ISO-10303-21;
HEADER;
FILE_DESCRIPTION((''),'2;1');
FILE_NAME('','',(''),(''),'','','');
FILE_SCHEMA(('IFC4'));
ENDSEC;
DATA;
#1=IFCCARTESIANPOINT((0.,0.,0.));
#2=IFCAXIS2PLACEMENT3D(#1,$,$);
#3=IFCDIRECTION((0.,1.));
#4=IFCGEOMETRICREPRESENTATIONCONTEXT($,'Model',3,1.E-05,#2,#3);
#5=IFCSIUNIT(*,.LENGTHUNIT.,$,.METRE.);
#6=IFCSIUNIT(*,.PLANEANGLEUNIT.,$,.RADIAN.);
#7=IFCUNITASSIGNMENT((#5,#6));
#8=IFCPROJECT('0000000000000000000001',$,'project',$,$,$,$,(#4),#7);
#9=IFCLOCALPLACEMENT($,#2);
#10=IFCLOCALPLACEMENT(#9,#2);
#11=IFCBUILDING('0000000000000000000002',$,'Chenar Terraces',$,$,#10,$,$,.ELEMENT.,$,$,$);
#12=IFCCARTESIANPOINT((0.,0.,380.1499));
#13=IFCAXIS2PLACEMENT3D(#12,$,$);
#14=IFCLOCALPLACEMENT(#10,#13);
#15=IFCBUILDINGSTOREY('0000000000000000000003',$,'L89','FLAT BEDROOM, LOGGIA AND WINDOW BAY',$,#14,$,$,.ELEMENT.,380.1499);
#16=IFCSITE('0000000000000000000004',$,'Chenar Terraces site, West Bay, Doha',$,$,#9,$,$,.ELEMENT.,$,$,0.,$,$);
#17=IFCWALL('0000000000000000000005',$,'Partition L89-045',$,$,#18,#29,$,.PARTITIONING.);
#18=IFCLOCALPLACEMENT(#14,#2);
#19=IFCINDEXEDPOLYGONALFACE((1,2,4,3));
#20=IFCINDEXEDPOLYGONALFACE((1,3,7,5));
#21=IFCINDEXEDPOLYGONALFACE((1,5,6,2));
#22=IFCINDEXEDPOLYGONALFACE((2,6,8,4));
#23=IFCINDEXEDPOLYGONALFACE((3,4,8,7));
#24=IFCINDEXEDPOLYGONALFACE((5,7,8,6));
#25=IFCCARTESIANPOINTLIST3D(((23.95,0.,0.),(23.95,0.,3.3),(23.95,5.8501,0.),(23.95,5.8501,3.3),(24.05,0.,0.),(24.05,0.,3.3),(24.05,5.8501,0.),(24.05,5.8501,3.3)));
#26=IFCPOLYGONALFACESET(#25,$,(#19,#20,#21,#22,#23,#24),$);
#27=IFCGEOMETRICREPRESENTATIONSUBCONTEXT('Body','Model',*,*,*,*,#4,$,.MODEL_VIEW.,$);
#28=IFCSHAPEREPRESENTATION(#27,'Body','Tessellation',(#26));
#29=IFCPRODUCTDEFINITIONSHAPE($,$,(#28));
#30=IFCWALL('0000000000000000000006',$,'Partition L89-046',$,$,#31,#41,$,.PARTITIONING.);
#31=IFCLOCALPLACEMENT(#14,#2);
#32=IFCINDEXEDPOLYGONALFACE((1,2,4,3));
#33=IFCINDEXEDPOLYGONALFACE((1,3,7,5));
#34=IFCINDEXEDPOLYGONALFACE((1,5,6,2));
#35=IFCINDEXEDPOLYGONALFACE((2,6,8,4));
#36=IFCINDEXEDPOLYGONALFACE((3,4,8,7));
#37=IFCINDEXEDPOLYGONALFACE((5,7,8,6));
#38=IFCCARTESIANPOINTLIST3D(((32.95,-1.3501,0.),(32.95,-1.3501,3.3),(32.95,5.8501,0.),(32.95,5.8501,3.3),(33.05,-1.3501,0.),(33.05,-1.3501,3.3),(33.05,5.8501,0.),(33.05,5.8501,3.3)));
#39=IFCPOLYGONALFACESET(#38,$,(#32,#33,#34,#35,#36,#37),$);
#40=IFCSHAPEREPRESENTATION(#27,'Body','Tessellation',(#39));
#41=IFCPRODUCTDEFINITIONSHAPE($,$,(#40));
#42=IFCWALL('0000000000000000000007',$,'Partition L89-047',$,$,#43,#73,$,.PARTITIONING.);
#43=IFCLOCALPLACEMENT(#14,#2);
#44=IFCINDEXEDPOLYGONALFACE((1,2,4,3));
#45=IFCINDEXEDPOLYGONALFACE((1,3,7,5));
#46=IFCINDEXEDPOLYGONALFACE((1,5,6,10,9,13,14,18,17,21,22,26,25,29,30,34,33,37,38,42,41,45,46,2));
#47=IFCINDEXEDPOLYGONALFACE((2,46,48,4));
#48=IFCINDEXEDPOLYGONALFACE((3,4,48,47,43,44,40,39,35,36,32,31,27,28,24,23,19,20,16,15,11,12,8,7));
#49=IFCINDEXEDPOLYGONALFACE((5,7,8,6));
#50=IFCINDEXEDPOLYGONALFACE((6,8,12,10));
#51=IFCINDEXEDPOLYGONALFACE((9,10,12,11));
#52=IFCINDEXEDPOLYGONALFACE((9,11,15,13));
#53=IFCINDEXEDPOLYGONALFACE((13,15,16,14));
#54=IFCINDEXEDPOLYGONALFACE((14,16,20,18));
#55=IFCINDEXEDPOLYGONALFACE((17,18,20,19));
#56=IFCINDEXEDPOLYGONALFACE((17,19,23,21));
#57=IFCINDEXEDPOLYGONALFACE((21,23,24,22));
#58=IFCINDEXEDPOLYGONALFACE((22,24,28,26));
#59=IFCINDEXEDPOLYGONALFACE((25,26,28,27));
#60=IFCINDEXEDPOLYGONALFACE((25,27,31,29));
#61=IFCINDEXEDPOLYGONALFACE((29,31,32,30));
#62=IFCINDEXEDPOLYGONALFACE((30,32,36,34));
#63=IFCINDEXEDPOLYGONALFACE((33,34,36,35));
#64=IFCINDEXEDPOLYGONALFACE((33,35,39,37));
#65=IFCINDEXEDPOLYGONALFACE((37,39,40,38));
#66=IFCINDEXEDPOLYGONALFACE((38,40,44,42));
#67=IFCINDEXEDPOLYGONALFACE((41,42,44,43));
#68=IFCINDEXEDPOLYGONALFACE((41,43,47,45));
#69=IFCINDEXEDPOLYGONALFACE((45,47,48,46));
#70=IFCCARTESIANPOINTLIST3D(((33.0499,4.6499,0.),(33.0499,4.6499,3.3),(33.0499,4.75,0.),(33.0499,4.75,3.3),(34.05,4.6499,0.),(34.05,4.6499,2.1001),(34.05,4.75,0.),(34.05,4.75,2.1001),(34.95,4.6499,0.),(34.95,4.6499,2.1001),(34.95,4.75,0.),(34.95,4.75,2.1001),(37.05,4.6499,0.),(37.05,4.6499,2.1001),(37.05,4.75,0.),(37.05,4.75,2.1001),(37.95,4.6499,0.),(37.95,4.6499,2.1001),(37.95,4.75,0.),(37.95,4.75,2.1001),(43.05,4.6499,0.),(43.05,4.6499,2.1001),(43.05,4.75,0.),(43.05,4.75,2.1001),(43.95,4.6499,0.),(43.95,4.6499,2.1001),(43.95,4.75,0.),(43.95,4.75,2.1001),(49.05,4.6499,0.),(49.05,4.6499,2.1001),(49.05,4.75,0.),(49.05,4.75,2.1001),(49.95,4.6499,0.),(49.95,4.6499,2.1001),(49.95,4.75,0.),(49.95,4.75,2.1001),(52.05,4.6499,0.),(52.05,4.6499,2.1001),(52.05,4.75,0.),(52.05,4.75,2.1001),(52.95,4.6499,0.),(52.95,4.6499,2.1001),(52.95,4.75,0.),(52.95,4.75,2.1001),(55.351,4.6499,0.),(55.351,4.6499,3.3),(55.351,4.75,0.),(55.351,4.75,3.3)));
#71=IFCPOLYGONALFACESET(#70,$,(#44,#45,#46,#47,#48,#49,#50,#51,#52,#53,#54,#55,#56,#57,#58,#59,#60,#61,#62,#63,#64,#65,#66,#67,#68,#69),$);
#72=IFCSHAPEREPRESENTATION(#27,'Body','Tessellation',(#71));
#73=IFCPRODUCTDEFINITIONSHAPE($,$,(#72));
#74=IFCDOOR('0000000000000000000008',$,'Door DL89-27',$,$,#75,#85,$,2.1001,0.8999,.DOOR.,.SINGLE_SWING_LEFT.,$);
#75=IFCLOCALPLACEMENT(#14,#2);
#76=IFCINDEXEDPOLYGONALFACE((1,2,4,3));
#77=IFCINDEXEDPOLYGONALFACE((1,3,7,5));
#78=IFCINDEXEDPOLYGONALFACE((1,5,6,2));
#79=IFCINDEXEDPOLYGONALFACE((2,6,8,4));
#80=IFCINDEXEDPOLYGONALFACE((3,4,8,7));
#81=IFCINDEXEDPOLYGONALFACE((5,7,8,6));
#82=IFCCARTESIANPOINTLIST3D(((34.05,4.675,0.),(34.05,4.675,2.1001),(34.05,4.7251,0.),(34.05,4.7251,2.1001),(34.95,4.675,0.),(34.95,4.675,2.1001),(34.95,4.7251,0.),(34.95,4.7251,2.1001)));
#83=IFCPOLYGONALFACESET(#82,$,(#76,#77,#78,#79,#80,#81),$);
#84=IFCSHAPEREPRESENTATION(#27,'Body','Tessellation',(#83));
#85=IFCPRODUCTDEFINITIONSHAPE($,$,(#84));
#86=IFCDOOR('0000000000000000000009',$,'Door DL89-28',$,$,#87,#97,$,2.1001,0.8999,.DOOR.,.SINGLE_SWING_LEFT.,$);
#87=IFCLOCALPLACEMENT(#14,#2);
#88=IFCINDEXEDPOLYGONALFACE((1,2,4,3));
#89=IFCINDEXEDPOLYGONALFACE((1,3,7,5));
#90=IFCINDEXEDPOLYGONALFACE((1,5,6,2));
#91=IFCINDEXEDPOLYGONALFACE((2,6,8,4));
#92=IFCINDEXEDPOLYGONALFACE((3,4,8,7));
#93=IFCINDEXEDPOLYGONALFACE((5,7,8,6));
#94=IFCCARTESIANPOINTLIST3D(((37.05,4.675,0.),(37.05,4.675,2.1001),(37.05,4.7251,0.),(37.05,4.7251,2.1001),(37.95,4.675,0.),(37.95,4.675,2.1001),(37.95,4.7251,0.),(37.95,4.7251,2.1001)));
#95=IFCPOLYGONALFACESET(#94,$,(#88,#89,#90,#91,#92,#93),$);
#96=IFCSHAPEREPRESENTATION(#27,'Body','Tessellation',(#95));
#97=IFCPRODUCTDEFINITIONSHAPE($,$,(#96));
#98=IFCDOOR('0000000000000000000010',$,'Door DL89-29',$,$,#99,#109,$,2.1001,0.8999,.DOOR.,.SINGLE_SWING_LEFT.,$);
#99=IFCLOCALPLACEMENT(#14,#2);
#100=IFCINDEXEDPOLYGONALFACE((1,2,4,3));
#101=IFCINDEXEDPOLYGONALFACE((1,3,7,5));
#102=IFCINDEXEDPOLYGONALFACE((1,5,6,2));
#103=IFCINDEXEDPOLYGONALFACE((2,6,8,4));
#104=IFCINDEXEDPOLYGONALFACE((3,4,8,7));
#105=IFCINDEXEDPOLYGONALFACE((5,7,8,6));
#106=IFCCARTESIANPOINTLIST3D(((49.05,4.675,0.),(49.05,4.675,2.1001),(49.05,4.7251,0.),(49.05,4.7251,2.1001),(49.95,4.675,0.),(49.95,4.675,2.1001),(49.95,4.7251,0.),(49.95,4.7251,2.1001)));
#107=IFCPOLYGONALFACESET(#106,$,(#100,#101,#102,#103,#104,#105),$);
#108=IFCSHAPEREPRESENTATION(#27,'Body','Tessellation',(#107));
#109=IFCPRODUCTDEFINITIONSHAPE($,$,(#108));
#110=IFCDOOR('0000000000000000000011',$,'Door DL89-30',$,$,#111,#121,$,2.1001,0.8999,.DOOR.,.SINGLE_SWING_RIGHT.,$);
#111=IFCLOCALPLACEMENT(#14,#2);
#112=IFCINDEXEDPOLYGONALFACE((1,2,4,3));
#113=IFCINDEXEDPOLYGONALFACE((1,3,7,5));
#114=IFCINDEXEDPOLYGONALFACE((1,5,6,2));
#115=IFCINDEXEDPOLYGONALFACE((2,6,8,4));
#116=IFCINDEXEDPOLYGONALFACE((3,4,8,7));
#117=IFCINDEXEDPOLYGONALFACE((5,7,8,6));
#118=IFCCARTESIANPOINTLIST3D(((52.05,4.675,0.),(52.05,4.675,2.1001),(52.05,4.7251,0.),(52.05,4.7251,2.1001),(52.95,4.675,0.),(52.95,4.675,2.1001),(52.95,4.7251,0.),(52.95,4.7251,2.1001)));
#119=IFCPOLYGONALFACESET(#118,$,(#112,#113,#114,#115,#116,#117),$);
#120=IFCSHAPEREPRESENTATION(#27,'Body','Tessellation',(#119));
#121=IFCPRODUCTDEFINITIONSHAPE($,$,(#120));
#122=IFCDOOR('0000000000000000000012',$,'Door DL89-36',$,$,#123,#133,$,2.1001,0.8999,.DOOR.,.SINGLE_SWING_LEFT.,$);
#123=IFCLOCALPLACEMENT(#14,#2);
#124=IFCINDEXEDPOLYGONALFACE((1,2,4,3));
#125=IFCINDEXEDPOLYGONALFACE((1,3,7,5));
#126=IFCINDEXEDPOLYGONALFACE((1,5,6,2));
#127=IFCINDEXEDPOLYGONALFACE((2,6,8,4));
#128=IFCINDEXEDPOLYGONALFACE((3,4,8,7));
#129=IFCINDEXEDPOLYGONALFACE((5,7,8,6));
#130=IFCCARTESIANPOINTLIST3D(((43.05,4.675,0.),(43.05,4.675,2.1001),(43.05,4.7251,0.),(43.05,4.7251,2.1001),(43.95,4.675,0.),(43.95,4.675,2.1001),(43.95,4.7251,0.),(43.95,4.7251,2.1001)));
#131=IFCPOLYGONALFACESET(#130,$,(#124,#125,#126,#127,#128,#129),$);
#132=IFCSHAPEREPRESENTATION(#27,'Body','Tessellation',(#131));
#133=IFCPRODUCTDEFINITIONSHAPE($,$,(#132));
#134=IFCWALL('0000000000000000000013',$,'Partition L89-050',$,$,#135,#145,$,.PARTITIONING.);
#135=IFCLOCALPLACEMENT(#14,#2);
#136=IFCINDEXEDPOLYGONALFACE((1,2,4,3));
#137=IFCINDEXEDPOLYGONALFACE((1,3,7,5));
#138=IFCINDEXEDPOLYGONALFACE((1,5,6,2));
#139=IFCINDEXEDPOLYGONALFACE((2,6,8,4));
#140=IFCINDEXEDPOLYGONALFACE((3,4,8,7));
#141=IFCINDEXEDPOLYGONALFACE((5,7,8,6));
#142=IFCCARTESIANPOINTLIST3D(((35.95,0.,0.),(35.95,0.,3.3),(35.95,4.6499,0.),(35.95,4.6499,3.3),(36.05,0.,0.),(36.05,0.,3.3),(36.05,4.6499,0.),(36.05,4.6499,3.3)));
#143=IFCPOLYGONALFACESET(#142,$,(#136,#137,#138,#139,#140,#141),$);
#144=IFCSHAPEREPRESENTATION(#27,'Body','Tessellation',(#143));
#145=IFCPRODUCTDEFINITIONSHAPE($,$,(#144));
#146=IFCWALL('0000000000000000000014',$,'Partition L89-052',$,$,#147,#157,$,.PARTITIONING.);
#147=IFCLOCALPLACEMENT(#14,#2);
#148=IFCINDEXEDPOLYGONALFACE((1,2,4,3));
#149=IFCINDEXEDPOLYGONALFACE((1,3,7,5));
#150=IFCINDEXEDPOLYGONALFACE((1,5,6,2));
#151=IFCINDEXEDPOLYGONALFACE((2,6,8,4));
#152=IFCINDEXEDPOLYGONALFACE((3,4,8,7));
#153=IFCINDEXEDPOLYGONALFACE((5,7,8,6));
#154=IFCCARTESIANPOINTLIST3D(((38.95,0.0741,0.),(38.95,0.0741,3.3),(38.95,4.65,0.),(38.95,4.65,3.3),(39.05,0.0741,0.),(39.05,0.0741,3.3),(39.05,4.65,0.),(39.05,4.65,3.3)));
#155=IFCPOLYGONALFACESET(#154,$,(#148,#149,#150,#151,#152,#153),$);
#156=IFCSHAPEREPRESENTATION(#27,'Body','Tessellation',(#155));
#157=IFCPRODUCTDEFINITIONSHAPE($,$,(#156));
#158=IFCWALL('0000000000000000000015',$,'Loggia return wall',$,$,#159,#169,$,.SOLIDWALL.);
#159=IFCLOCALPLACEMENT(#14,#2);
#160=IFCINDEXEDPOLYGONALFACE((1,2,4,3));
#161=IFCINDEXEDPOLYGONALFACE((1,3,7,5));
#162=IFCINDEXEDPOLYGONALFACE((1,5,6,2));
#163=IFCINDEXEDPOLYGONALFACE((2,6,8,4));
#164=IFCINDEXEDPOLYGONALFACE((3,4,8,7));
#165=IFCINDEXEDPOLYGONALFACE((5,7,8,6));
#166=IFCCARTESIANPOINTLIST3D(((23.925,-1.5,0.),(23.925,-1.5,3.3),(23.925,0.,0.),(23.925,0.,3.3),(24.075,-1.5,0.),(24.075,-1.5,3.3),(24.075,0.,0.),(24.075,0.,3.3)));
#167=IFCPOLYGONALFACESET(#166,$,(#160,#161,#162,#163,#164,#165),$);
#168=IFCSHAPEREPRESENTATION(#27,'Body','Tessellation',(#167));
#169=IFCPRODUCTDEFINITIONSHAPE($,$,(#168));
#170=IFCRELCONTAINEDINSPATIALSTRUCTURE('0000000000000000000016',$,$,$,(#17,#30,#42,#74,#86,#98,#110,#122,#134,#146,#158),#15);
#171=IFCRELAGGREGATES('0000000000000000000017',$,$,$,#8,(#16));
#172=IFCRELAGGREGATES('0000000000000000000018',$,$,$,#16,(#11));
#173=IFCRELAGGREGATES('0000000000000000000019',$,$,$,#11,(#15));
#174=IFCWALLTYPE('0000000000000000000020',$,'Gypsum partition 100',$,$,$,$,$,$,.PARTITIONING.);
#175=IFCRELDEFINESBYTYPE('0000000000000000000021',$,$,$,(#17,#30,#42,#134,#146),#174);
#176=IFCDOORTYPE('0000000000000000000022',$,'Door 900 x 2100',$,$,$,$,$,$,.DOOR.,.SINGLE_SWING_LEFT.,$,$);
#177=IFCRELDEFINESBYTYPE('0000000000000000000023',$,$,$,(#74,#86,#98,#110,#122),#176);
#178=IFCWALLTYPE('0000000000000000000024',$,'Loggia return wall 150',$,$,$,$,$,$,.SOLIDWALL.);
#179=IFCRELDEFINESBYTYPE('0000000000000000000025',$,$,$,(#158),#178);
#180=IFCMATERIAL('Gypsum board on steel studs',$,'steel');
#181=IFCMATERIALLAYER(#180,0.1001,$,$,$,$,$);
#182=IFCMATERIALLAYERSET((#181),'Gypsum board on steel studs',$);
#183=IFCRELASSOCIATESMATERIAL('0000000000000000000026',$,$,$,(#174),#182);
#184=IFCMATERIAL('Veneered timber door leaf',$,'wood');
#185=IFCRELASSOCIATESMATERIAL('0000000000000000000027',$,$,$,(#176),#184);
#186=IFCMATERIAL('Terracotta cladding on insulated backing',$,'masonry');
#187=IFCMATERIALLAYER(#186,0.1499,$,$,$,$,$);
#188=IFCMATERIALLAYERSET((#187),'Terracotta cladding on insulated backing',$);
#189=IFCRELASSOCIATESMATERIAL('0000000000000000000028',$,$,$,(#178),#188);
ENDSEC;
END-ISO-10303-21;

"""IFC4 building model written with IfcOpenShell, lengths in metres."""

from ifc_helpers import new_model, si_unit, direction, frame, frame_2d, origin, place, context, subcontext, project, spatial, rectangle, extrude, material, layer, layer_set, type_object, element, fill, save


model = new_model("IFC4")

# Units and contexts
model_context = context("Model", 3, precision=1e-05, world=origin(), true_north=direction((0.0, 1.0)))
body_context = subcontext(model_context, "Body", "Model", "MODEL_VIEW")
ifc_project = project(units=[si_unit("LENGTHUNIT", "METRE"), si_unit("PLANEANGLEUNIT", "RADIAN")], contexts=[model_context])

# Site, building, storey
site_placement = place(None, origin())
site = spatial("IfcSite", under=ifc_project, at=site_placement, Name="Chenar Terraces site, West Bay, Doha", CompositionType="ELEMENT", RefElevation=0.0)
building_placement = place(site_placement, origin())
building = spatial("IfcBuilding", under=site, at=building_placement, Name="Chenar Terraces", CompositionType="ELEMENT")
storey_placement = place(building_placement, frame((0.0, 0.0, 380.1499)))
storey = spatial("IfcBuildingStorey", under=building, at=storey_placement, Name="L89", Description="FLAT BEDROOM, LOGGIA AND WINDOW BAY", CompositionType="ELEMENT", Elevation=380.1499)

# Walls
ifc_material_1 = material(Name="Gypsum board on steel studs", Category="steel")
ifc_layer_1 = layer(ifc_material_1, 0.1001)
ifc_layer_set_1 = layer_set([ifc_layer_1], Name="Gypsum board on steel studs")
wall_type_1 = type_object("IfcWallType", Name="Gypsum partition 100", PredefinedType="PARTITIONING", material=ifc_layer_set_1)
wall_1_placement = place(storey_placement, frame((24.0, 0.0, 0.0), z_axis=(0.0, 0.0, 1.0), x_axis=(0.0, 1.0, 0.0)))
element("IfcWall", 1, at=wall_1_placement, inside=storey, type_object=wall_type_1, Name="Partition L89-045", PredefinedType="PARTITIONING", context=body_context, shape_type="SweptSolid", body=[
    extrude(rectangle(XDim=5.8501, YDim=0.1001, at=frame_2d((2.925, 0.0))), origin(), (0.0, 0.0, 1.0), 3.3),
])
wall_2_placement = place(storey_placement, frame((33.0, -1.3501, 0.0), z_axis=(0.0, 0.0, 1.0), x_axis=(0.0, 1.0, 0.0)))
element("IfcWall", 2, at=wall_2_placement, inside=storey, type_object=wall_type_1, Name="Partition L89-046", PredefinedType="PARTITIONING", context=body_context, shape_type="SweptSolid", body=[
    extrude(rectangle(XDim=7.2002, YDim=0.1001, at=frame_2d((3.6001, 0.0))), origin(), (0.0, 0.0, 1.0), 3.3),
])

# Wall, openings, doors
wall_3_placement = place(storey_placement, frame((33.05, 4.7, 0.0), z_axis=(0.0, 0.0, 1.0), x_axis=(1.0, 0.0, 0.0)))
wall_3 = element("IfcWall", 3, at=wall_3_placement, inside=storey, type_object=wall_type_1, Name="Partition L89-047", PredefinedType="PARTITIONING", context=body_context, shape_type="SweptSolid", body=[
    extrude(rectangle(XDim=22.301, YDim=0.1001, at=frame_2d((11.1504, 0.0))), origin(), (0.0, 0.0, 1.0), 3.3),
])
opening_1_placement = place(wall_3_placement, frame((1.0, 0.0, 0.0)))
opening_1 = element("IfcOpeningElement", 4, at=opening_1_placement, cuts=wall_3, PredefinedType="OPENING", context=body_context, shape_type="SweptSolid", body=[
    extrude(rectangle(XDim=0.8999, YDim=2.1001, at=frame_2d((0.45, 1.05))), frame((0.0, 0.0601, 0.0), z_axis=(0.0, -1.0, 0.0), x_axis=(1.0, 0.0, 0.0)), (0.0, 0.0, 1.0), 0.1201),
])
opening_2_placement = place(wall_3_placement, frame((4.0, 0.0, 0.0)))
opening_2 = element("IfcOpeningElement", 5, at=opening_2_placement, cuts=wall_3, PredefinedType="OPENING", context=body_context, shape_type="SweptSolid", body=[
    extrude(rectangle(XDim=0.8999, YDim=2.1001, at=frame_2d((0.45, 1.05))), frame((0.0, 0.0601, 0.0), z_axis=(0.0, -1.0, 0.0), x_axis=(1.0, 0.0, 0.0)), (0.0, 0.0, 1.0), 0.1201),
])
opening_3_placement = place(wall_3_placement, frame((16.0, 0.0, 0.0)))
opening_3 = element("IfcOpeningElement", 6, at=opening_3_placement, cuts=wall_3, PredefinedType="OPENING", context=body_context, shape_type="SweptSolid", body=[
    extrude(rectangle(XDim=0.8999, YDim=2.1001, at=frame_2d((0.45, 1.05))), frame((0.0, 0.0601, 0.0), z_axis=(0.0, -1.0, 0.0), x_axis=(1.0, 0.0, 0.0)), (0.0, 0.0, 1.0), 0.1201),
])
opening_4_placement = place(wall_3_placement, frame((19.0, 0.0, 0.0)))
opening_4 = element("IfcOpeningElement", 7, at=opening_4_placement, cuts=wall_3, PredefinedType="OPENING", context=body_context, shape_type="SweptSolid", body=[
    extrude(rectangle(XDim=0.8999, YDim=2.1001, at=frame_2d((0.45, 1.05))), frame((0.0, 0.0601, 0.0), z_axis=(0.0, -1.0, 0.0), x_axis=(1.0, 0.0, 0.0)), (0.0, 0.0, 1.0), 0.1201),
])
opening_5_placement = place(wall_3_placement, frame((10.0, 0.0, 0.0)))
opening_5 = element("IfcOpeningElement", 8, at=opening_5_placement, cuts=wall_3, PredefinedType="OPENING", context=body_context, shape_type="SweptSolid", body=[
    extrude(rectangle(XDim=0.8999, YDim=2.1001, at=frame_2d((0.45, 1.05))), frame((0.0, 0.0601, 0.0), z_axis=(0.0, -1.0, 0.0), x_axis=(1.0, 0.0, 0.0)), (0.0, 0.0, 1.0), 0.1201),
])
ifc_material_2 = material(Name="Veneered timber door leaf", Category="wood")
door_type_1 = type_object("IfcDoorType", Name="Door 900 x 2100", OperationType="SINGLE_SWING_LEFT", PredefinedType="DOOR", material=ifc_material_2)
door_1_placement = place(opening_1_placement, frame((0.8999, 0.0, 0.0), z_axis=(0.0, 0.0, 1.0), x_axis=(-1.0, 0.0, 0.0)))
door_1 = element("IfcDoor", 9, at=door_1_placement, inside=storey, type_object=door_type_1, Name="Door DL89-27", OperationType="SINGLE_SWING_LEFT", OverallHeight=2.1001, OverallWidth=0.8999, PredefinedType="DOOR", context=body_context, shape_type="SweptSolid", body=[
    extrude(rectangle(XDim=0.8999, YDim=2.1001, at=frame_2d((0.45, 1.05))), frame((0.0, 0.0249, 0.0), z_axis=(0.0, -1.0, 0.0), x_axis=(1.0, 0.0, 0.0)), (0.0, 0.0, 1.0), 0.05),
])
fill(opening_1, door_1)
door_2_placement = place(opening_2_placement, frame((0.8999, 0.0, 0.0), z_axis=(0.0, 0.0, 1.0), x_axis=(-1.0, 0.0, 0.0)))
door_2 = element("IfcDoor", 10, at=door_2_placement, inside=storey, type_object=door_type_1, Name="Door DL89-28", OperationType="SINGLE_SWING_LEFT", OverallHeight=2.1001, OverallWidth=0.8999, PredefinedType="DOOR", context=body_context, shape_type="SweptSolid", body=[
    extrude(rectangle(XDim=0.8999, YDim=2.1001, at=frame_2d((0.45, 1.05))), frame((0.0, 0.0249, 0.0), z_axis=(0.0, -1.0, 0.0), x_axis=(1.0, 0.0, 0.0)), (0.0, 0.0, 1.0), 0.05),
])
fill(opening_2, door_2)
door_3_placement = place(opening_3_placement, frame((0.8999, 0.0, 0.0), z_axis=(0.0, 0.0, 1.0), x_axis=(-1.0, 0.0, 0.0)))
door_3 = element("IfcDoor", 11, at=door_3_placement, inside=storey, type_object=door_type_1, Name="Door DL89-29", OperationType="SINGLE_SWING_LEFT", OverallHeight=2.1001, OverallWidth=0.8999, PredefinedType="DOOR", context=body_context, shape_type="SweptSolid", body=[
    extrude(rectangle(XDim=0.8999, YDim=2.1001, at=frame_2d((0.45, 1.05))), frame((0.0, 0.0249, 0.0), z_axis=(0.0, -1.0, 0.0), x_axis=(1.0, 0.0, 0.0)), (0.0, 0.0, 1.0), 0.05),
])
fill(opening_3, door_3)
door_4_placement = place(opening_4_placement, frame((0.8999, 0.0, 0.0), z_axis=(0.0, 0.0, 1.0), x_axis=(-1.0, 0.0, 0.0)))
door_4 = element("IfcDoor", 12, at=door_4_placement, inside=storey, type_object=door_type_1, Name="Door DL89-30", OperationType="SINGLE_SWING_RIGHT", OverallHeight=2.1001, OverallWidth=0.8999, PredefinedType="DOOR", context=body_context, shape_type="SweptSolid", body=[
    extrude(rectangle(XDim=0.8999, YDim=2.1001, at=frame_2d((0.45, 1.05))), frame((0.0, 0.0249, 0.0), z_axis=(0.0, -1.0, 0.0), x_axis=(1.0, 0.0, 0.0)), (0.0, 0.0, 1.0), 0.05),
])
fill(opening_4, door_4)
door_5_placement = place(opening_5_placement, frame((0.8999, 0.0, 0.0), z_axis=(0.0, 0.0, 1.0), x_axis=(-1.0, 0.0, 0.0)))
door_5 = element("IfcDoor", 13, at=door_5_placement, inside=storey, type_object=door_type_1, Name="Door DL89-36", OperationType="SINGLE_SWING_LEFT", OverallHeight=2.1001, OverallWidth=0.8999, PredefinedType="DOOR", context=body_context, shape_type="SweptSolid", body=[
    extrude(rectangle(XDim=0.8999, YDim=2.1001, at=frame_2d((0.45, 1.05))), frame((0.0, 0.0249, 0.0), z_axis=(0.0, -1.0, 0.0), x_axis=(1.0, 0.0, 0.0)), (0.0, 0.0, 1.0), 0.05),
])
fill(opening_5, door_5)

# Walls
wall_4_placement = place(storey_placement, frame((36.0, 0.0, 0.0), z_axis=(0.0, 0.0, 1.0), x_axis=(0.0, 1.0, 0.0)))
element("IfcWall", 14, at=wall_4_placement, inside=storey, type_object=wall_type_1, Name="Partition L89-050", PredefinedType="PARTITIONING", context=body_context, shape_type="SweptSolid", body=[
    extrude(rectangle(XDim=4.6499, YDim=0.1001, at=frame_2d((2.325, 0.0))), origin(), (0.0, 0.0, 1.0), 3.3),
])
wall_5_placement = place(storey_placement, frame((39.0, 0.074, 0.0), z_axis=(0.0, 0.0, 1.0), x_axis=(0.0, 1.0, 0.0)))
element("IfcWall", 15, at=wall_5_placement, inside=storey, type_object=wall_type_1, Name="Partition L89-052", PredefinedType="PARTITIONING", context=body_context, shape_type="SweptSolid", body=[
    extrude(rectangle(XDim=4.5759, YDim=0.1001, at=frame_2d((2.2881, 0.0))), origin(), (0.0, 0.0, 1.0), 3.3),
])
ifc_material_3 = material(Name="Terracotta cladding on insulated backing", Category="masonry")
ifc_layer_2 = layer(ifc_material_3, 0.1499)
ifc_layer_set_2 = layer_set([ifc_layer_2], Name="Terracotta cladding on insulated backing")
wall_type_2 = type_object("IfcWallType", Name="Loggia return wall 150", PredefinedType="SOLIDWALL", material=ifc_layer_set_2)
for number, where, z_axis, x_axis, name in (
    (16, (24.0, -1.5, 0.0), (0.0, 0.0, 1.0), (0.0, 1.0, 0.0), "Loggia return wall"),
):
    element("IfcWall", number, at=place(storey_placement, frame(where, z_axis=z_axis, x_axis=x_axis)), inside=storey, type_object=wall_type_2, Name=name, PredefinedType="SOLIDWALL", context=body_context, shape_type="SweptSolid", body=[
        extrude(rectangle(XDim=1.5, YDim=0.1499, at=frame_2d((0.75, 0.0))), origin(), (0.0, 0.0, 1.0), 3.3),
    ])

save(model, "model.ifc")
